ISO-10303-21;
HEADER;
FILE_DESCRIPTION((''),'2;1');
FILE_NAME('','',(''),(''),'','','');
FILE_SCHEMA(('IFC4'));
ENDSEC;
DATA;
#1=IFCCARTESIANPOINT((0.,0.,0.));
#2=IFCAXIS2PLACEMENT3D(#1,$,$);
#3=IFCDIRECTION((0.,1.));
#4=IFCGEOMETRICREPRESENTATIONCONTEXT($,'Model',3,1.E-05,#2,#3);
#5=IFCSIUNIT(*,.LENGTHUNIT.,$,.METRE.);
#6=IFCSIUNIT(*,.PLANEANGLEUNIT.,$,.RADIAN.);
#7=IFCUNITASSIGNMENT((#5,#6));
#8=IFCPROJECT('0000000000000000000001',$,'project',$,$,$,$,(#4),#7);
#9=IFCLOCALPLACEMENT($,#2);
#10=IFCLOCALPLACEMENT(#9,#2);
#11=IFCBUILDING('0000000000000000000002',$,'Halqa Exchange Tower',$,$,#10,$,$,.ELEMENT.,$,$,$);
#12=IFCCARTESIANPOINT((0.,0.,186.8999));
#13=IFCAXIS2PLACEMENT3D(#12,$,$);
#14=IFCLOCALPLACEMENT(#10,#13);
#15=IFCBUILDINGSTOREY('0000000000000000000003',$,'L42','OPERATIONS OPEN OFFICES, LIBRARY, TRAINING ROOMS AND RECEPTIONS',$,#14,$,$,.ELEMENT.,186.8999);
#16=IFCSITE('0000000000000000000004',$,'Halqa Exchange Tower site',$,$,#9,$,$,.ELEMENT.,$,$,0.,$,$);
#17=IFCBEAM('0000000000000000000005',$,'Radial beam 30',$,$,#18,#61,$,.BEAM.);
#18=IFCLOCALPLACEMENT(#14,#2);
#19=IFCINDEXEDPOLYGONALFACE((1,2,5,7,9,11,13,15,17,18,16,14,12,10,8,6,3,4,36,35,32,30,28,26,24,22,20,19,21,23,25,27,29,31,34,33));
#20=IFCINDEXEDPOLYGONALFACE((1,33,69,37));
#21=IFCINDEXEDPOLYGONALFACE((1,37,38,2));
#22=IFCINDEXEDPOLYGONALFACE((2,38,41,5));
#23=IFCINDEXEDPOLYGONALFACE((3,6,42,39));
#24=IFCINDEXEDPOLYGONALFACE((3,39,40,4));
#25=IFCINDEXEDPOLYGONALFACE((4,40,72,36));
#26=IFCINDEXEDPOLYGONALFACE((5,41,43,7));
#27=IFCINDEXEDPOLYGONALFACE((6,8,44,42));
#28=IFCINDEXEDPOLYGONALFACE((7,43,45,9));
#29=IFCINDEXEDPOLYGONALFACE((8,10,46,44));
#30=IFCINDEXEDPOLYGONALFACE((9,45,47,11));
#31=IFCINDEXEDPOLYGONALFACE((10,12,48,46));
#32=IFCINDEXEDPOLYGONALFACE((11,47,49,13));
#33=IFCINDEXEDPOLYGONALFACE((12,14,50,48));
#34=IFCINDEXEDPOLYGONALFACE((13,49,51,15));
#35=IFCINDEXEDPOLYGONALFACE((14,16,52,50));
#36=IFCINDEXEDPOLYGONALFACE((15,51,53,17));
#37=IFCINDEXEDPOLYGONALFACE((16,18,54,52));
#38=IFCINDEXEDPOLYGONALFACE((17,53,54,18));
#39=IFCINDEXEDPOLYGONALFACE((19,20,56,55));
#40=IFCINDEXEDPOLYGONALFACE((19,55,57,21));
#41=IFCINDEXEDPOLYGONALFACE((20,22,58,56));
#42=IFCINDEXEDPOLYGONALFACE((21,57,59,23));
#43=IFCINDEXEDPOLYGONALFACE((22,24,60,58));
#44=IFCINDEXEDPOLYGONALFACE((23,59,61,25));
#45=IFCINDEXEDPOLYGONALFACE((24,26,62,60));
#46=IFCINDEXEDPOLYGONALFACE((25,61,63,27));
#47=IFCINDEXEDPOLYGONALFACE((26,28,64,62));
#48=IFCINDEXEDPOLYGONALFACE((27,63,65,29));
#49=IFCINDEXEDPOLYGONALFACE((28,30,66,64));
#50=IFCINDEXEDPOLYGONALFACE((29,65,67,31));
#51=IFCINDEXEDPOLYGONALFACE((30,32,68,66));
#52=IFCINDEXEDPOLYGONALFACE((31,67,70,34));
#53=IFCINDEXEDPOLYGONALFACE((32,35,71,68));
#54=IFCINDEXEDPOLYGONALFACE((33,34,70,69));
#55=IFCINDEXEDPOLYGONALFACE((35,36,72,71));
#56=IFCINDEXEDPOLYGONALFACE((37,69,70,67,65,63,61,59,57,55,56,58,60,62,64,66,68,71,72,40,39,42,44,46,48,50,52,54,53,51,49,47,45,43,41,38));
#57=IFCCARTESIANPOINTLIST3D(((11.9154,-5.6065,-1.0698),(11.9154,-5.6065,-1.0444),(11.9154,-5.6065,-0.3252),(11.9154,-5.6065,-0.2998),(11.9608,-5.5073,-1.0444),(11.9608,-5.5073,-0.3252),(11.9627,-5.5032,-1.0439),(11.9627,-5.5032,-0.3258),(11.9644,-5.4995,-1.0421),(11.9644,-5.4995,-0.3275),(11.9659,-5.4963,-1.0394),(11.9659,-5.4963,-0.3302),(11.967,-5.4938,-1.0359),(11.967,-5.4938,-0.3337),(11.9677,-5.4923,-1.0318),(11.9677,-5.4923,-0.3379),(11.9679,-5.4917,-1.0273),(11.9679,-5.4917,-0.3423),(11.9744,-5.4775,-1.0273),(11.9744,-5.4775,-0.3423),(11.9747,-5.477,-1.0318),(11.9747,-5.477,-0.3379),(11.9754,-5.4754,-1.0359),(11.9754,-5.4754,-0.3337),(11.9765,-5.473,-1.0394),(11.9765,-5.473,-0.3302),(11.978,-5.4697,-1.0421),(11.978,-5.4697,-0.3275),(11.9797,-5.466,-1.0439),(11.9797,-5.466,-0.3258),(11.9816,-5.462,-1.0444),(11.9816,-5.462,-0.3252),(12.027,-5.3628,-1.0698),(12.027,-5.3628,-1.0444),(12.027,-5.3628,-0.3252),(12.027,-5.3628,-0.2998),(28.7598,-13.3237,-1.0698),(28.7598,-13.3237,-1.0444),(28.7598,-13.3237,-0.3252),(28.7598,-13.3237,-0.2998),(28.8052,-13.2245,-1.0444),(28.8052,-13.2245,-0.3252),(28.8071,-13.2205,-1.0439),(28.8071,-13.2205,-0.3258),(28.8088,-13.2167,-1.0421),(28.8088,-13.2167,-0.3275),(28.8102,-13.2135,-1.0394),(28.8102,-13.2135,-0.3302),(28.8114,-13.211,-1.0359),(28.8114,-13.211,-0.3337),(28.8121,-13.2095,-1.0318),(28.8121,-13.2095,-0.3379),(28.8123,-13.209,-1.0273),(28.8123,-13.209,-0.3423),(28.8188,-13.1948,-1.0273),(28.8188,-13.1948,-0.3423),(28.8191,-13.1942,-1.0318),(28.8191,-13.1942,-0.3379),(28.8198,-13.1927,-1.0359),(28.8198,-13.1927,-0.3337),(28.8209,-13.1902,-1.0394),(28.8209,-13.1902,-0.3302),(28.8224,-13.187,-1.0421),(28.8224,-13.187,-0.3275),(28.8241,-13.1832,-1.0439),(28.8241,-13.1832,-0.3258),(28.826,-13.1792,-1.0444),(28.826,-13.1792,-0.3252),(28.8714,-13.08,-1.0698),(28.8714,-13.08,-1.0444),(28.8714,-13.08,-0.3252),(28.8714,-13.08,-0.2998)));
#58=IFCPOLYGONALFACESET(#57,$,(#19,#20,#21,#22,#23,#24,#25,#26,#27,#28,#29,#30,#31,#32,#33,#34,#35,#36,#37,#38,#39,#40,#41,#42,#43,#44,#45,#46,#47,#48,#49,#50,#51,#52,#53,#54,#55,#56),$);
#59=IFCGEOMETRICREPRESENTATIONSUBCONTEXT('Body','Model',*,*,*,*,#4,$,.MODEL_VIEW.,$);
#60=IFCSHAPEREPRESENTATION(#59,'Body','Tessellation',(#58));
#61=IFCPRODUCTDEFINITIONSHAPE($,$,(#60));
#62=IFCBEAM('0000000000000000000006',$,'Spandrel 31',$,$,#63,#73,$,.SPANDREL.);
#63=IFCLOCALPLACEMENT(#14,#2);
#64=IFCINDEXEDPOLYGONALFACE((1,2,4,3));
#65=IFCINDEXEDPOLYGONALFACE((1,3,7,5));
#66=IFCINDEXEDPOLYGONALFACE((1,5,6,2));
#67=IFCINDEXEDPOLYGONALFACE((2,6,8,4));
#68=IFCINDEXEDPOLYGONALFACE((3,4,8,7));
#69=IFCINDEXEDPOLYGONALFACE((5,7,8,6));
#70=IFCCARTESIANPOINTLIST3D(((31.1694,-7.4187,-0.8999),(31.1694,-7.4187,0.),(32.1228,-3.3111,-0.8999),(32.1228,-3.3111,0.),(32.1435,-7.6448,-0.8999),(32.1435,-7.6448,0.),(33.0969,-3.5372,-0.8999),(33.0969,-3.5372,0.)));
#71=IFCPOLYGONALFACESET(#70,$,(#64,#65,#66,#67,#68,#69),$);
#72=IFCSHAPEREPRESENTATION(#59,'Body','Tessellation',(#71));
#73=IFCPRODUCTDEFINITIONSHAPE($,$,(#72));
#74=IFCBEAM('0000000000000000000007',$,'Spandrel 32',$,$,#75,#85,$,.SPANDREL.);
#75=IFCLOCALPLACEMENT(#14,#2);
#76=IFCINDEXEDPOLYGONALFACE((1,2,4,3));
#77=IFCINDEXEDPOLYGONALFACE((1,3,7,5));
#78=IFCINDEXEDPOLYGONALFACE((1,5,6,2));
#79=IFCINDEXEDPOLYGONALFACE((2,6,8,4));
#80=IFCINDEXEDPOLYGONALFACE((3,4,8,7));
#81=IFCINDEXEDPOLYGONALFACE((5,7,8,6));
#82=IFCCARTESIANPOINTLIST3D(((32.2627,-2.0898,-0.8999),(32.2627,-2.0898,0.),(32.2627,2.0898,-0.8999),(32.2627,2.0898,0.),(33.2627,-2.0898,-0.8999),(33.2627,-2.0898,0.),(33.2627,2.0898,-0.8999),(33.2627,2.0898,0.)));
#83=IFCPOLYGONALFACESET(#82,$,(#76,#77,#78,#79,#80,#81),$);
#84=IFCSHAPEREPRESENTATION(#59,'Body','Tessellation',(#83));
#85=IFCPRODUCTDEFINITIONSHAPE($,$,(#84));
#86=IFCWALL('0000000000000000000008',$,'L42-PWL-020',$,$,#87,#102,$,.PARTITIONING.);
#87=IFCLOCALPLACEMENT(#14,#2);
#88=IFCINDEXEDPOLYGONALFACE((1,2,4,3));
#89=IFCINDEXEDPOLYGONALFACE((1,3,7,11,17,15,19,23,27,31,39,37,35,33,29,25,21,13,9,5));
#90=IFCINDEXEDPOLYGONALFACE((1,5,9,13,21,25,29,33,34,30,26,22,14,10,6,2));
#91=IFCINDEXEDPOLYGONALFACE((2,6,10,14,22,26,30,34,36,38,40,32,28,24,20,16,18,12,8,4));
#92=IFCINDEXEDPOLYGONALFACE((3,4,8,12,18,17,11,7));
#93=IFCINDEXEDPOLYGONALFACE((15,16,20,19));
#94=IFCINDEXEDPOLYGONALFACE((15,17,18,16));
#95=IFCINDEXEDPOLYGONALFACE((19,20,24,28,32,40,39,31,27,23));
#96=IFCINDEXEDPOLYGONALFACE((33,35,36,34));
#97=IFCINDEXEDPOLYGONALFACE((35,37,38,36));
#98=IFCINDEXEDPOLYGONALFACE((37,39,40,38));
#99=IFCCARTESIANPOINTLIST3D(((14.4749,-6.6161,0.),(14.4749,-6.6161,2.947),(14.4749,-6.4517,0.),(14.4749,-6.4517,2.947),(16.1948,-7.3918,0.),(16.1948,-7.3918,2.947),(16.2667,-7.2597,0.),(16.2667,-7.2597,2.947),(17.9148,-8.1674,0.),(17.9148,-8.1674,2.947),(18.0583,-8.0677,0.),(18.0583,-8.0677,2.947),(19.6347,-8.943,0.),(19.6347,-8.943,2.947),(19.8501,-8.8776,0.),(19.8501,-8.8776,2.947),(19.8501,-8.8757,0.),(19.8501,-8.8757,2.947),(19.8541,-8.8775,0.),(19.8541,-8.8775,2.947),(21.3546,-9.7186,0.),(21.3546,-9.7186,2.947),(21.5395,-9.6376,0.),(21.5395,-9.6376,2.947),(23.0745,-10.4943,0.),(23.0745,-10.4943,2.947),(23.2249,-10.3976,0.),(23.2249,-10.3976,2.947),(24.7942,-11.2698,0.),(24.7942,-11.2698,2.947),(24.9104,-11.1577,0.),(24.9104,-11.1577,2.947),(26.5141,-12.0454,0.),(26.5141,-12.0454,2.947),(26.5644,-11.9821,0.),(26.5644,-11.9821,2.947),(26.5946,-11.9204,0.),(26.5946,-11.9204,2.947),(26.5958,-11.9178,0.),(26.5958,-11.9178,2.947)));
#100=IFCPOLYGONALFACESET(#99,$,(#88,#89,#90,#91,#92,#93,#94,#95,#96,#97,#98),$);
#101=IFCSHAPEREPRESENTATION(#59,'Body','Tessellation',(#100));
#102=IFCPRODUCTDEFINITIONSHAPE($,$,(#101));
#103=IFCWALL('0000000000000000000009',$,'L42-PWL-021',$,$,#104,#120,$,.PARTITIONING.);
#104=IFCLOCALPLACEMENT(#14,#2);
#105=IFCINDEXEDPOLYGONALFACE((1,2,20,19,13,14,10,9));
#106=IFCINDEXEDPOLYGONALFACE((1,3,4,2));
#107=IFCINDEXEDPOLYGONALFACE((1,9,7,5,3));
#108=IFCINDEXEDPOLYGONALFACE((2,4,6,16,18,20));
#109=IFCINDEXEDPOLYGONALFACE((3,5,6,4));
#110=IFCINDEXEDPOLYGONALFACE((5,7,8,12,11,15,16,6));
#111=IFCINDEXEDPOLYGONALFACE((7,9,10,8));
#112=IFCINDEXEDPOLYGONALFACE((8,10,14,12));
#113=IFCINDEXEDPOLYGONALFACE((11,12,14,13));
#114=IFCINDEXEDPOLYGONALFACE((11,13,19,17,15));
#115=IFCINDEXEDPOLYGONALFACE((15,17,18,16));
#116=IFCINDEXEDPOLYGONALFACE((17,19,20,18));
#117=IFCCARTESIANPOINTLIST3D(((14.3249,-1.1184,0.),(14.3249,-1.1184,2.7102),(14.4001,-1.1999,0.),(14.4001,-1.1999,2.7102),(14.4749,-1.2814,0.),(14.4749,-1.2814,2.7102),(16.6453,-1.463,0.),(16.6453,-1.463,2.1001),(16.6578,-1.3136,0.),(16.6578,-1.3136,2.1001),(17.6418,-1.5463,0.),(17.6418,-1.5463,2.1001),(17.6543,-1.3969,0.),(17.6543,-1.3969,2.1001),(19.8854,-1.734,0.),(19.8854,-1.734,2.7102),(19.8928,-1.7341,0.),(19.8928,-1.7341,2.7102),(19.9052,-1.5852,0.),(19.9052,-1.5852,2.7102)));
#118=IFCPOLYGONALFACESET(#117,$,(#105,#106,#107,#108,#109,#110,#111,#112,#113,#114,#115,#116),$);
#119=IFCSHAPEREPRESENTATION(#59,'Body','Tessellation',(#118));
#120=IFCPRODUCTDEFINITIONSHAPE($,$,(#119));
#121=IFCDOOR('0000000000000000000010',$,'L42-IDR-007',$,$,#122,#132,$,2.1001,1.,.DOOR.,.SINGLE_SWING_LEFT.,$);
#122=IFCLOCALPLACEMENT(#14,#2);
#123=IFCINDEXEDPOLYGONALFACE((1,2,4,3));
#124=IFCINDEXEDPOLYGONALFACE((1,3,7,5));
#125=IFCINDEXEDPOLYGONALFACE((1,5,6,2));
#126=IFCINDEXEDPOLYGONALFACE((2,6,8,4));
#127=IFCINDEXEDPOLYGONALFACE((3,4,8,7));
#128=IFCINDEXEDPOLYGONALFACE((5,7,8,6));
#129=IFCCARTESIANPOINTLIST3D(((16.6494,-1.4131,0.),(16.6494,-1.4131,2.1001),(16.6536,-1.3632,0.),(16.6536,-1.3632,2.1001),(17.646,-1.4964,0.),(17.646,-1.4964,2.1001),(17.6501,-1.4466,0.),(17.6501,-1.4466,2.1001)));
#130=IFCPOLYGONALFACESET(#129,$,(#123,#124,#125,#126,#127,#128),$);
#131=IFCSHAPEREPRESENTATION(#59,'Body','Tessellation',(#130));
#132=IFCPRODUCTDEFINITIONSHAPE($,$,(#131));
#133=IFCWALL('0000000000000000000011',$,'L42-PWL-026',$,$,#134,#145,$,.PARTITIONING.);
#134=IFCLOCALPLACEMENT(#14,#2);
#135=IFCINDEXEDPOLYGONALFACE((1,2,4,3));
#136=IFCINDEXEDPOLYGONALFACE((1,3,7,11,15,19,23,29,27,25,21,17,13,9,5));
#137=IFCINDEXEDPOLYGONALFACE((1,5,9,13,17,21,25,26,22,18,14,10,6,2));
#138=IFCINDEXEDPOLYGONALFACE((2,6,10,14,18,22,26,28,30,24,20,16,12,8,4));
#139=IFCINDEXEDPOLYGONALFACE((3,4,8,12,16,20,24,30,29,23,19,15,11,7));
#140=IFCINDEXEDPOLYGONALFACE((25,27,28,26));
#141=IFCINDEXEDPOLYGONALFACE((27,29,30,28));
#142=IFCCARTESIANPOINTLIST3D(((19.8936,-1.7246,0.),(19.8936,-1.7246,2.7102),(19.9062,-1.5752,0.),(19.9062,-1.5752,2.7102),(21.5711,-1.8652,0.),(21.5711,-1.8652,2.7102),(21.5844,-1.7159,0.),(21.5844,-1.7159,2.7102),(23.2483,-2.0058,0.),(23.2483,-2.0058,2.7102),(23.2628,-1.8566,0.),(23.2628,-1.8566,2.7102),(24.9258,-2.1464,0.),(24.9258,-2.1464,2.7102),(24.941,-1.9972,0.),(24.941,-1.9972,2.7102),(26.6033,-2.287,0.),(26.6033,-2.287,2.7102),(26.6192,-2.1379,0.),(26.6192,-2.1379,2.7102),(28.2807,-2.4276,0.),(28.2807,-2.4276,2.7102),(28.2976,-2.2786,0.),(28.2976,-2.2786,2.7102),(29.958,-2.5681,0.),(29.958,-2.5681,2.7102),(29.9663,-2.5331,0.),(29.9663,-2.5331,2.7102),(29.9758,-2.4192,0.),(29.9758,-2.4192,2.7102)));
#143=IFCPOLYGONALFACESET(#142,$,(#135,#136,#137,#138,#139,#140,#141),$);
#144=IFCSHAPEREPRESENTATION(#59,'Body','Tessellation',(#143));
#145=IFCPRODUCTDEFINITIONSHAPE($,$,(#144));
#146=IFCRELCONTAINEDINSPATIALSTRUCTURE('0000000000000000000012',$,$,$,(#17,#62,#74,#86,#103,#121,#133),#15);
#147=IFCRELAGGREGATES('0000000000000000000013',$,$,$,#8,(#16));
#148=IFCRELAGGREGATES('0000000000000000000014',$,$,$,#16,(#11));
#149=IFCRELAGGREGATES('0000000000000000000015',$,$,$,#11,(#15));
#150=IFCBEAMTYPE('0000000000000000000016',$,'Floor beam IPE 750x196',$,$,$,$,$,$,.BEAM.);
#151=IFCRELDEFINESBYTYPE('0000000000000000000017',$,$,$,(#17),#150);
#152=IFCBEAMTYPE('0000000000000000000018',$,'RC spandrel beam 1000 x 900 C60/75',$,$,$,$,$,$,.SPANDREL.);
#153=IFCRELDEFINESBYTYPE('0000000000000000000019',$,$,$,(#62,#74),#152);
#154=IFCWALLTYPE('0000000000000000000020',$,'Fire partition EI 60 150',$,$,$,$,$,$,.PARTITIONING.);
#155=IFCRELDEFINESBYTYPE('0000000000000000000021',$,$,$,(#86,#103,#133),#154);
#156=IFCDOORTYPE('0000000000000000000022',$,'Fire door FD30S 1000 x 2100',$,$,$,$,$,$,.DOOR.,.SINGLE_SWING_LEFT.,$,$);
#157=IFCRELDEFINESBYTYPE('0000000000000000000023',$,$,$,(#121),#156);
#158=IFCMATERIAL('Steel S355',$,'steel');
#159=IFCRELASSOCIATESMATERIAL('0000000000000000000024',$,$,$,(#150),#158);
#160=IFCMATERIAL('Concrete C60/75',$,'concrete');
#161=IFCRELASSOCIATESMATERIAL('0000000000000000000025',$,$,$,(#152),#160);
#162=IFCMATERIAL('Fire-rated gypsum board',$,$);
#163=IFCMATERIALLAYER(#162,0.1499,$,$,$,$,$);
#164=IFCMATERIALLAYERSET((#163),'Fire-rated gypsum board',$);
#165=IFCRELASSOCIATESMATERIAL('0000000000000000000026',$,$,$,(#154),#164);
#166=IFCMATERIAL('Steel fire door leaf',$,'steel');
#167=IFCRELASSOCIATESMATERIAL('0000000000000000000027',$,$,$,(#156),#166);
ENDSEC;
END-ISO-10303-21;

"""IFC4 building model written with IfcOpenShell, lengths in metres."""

from ifc_helpers import new_model, si_unit, direction, frame, frame_2d, origin, origin_2d, place, context, subcontext, project, spatial, polyline, rectangle, i_section, outline, extrude, material, layer, layer_set, material_profile, profile_set, type_object, element, fill, save


model = new_model("IFC4")

# Units and contexts
model_context = context("Model", 3, precision=1e-05, world=origin(), true_north=direction((0.0, 1.0)))
body_context = subcontext(model_context, "Body", "Model", "MODEL_VIEW")
ifc_project = project(units=[si_unit("LENGTHUNIT", "METRE"), si_unit("PLANEANGLEUNIT", "RADIAN")], contexts=[model_context])

# Site, building, storey
site_placement = place(None, origin())
site = spatial("IfcSite", under=ifc_project, at=site_placement, Name="Halqa Exchange Tower site", CompositionType="ELEMENT", RefElevation=0.0)
building_placement = place(site_placement, origin())
building = spatial("IfcBuilding", under=site, at=building_placement, Name="Halqa Exchange Tower", CompositionType="ELEMENT")
storey_placement = place(building_placement, frame((0.0, 0.0, 186.8999)))
storey = spatial("IfcBuildingStorey", under=building, at=storey_placement, Name="L42", Description="OPERATIONS OPEN OFFICES, LIBRARY, TRAINING ROOMS AND RECEPTIONS", CompositionType="ELEMENT", Elevation=186.8999)

# Beams
ifc_material_1 = material(Name="Steel S355", Category="steel")
ifc_material_profile_1 = material_profile(ifc_material_1, i_section(OverallWidth=0.2681, OverallDepth=0.77, WebThickness=0.0156, FlangeThickness=0.0254, FilletRadius=0.0171, at=origin_2d()), Name="IPE 750x196")
ifc_profile_set_1 = profile_set([ifc_material_profile_1], Name="Steel S355")
beam_type_1 = type_object("IfcBeamType", Name="Floor beam IPE 750x196", PredefinedType="BEAM", material=ifc_profile_set_1)
beam_1_placement = place(storey_placement, frame((11.9712, -5.4846, -0.6848), z_axis=(0.909128, -0.416516, 0.0), x_axis=(0.416516, 0.909128, 0.0)))
element("IfcBeam", 1, at=beam_1_placement, inside=storey, type_object=beam_type_1, Name="Radial beam 30", PredefinedType="BEAM", context=body_context, shape_type="SweptSolid", body=[
    extrude(i_section(OverallWidth=0.2681, OverallDepth=0.77, WebThickness=0.0156, FlangeThickness=0.0254, FilletRadius=0.0171, at=origin_2d()), origin(), (0.0, 0.0, 1.0), 18.5281),
])
ifc_material_2 = material(Name="Concrete C60/75", Category="concrete")
ifc_material_profile_2 = material_profile(ifc_material_2, rectangle(XDim=1.0, YDim=0.8999, at=origin_2d()), Name="1000 x 900")
ifc_profile_set_2 = profile_set([ifc_material_profile_2], Name="Concrete C60/75")
beam_type_2 = type_object("IfcBeamType", Name="RC spandrel beam 1000 x 900 C60/75", PredefinedType="SPANDREL", material=ifc_profile_set_2)
beam_2_placement = place(storey_placement, frame((31.6565, -7.5317, -0.45), z_axis=(0.226086, 0.974107, 0.0), x_axis=(-0.974107, 0.226086, 0.0)))
element("IfcBeam", 2, at=beam_2_placement, inside=storey, type_object=beam_type_2, Name="Spandrel 31", PredefinedType="SPANDREL", context=body_context, shape_type="SweptSolid", body=[
    extrude(rectangle(XDim=1.0, YDim=0.8999, at=origin_2d()), origin(), (0.0, 0.0, 1.0), 4.2168),
])
beam_3_placement = place(storey_placement, frame((32.7627, -2.0898, -0.45), z_axis=(0.0, 1.0, 0.0), x_axis=(-1.0, 0.0, 0.0)))
element("IfcBeam", 3, at=beam_3_placement, inside=storey, type_object=beam_type_2, Name="Spandrel 32", PredefinedType="SPANDREL", context=body_context, shape_type="SweptSolid", body=[
    extrude(rectangle(XDim=1.0, YDim=0.8999, at=origin_2d()), origin(), (0.0, 0.0, 1.0), 4.1797),
])

# Wall
ifc_material_3 = material(Name="Fire-rated gypsum board")
ifc_layer_1 = layer(ifc_material_3, 0.1499)
ifc_layer_set_1 = layer_set([ifc_layer_1], Name="Fire-rated gypsum board")
wall_type_1 = type_object("IfcWallType", Name="Fire partition EI 60 150", PredefinedType="PARTITIONING", material=ifc_layer_set_1)
wall_1_placement = place(storey_placement, frame((14.4441, -6.52, 0.0), z_axis=(0.0, 0.0, 1.0), x_axis=(0.911592, -0.411095, 0.0)))
element("IfcWall", 4, at=wall_1_placement, inside=storey, type_object=wall_type_1, Name="L42-PWL-020", PredefinedType="PARTITIONING", context=body_context, shape_type="SweptSolid", body=[
    extrude(outline(polyline([(0.0676, -0.075), (1.9543, -0.075), (3.8411, -0.075), (5.7278, -0.075), (7.6145, -0.075), (9.5012, -0.075), (11.3877, -0.075), (13.2744, -0.075), (13.2942, 0.0034), (13.2964, 0.072), (13.2964, 0.075), (11.4475, 0.075), (9.5986, 0.075), (7.7498, 0.075), (5.9009, 0.075), (5.8972, 0.0732), (5.8965, 0.075), (3.9309, 0.075), (1.9656, 0.075), (0.0, 0.075), (0.0676, -0.075)])), origin(), (0.0, 0.0, 1.0), 2.947),
])

# Wall, opening, door
wall_2_placement = place(storey_placement, frame((14.3186, -1.1931, 0.0), z_axis=(0.0, 0.0, 1.0), x_axis=(0.99652, -0.083359, 0.0)))
wall_2 = element("IfcWall", 5, at=wall_2_placement, inside=storey, type_object=wall_type_1, Name="L42-PWL-021", PredefinedType="PARTITIONING", context=body_context, shape_type="SweptSolid", body=[
    extrude(outline(polyline([(0.1631, -0.075), (1.9729, -0.075), (3.7827, -0.075), (5.5925, -0.075), (5.5999, -0.0745), (5.5999, 0.075), (3.7332, 0.075), (1.8667, 0.075), (0.0, 0.075), (0.0818, 0.0), (0.1631, -0.075)])), origin(), (0.0, 0.0, 1.0), 2.7102),
])
opening_1_placement = place(wall_2_placement, frame((2.3411, 0.0, 0.0)))
opening_1 = element("IfcOpeningElement", 6, at=opening_1_placement, cuts=wall_2, PredefinedType="OPENING", context=body_context, shape_type="SweptSolid", body=[
    extrude(rectangle(XDim=1.0, YDim=2.1001, at=frame_2d((0.5, 1.05))), frame((0.0, 0.0869, 0.0), z_axis=(0.0, -1.0, 0.0), x_axis=(1.0, 0.0, 0.0)), (0.0, 0.0, 1.0), 0.1738),
])
ifc_material_4 = material(Name="Steel fire door leaf", Category="steel")
door_type_1 = type_object("IfcDoorType", Name="Fire door FD30S 1000 x 2100", OperationType="SINGLE_SWING_LEFT", PredefinedType="DOOR", material=ifc_material_4)
door_1_placement = place(opening_1_placement, frame((1.0, 0.0, 0.0), z_axis=(0.0, 0.0, 1.0), x_axis=(-1.0, 0.0, 0.0)))
door_1 = element("IfcDoor", 7, at=door_1_placement, inside=storey, type_object=door_type_1, Name="L42-IDR-007", OperationType="SINGLE_SWING_LEFT", OverallHeight=2.1001, OverallWidth=1.0, PredefinedType="DOOR", context=body_context, shape_type="SweptSolid", body=[
    extrude(rectangle(XDim=1.0, YDim=2.1001, at=frame_2d((0.5, 1.05))), frame((0.0, 0.0249, 0.0), z_axis=(0.0, -1.0, 0.0), x_axis=(1.0, 0.0, 0.0)), (0.0, 0.0, 1.0), 0.05),
])
fill(opening_1, door_1)

# Wall
wall_3_placement = place(storey_placement, frame((19.8999, -1.6499, 0.0), z_axis=(0.0, 0.0, 1.0), x_axis=(0.996506, -0.083523, 0.0)))
element("IfcWall", 8, at=wall_3_placement, inside=storey, type_object=wall_type_1, Name="L42-PWL-026", PredefinedType="PARTITIONING", context=body_context, shape_type="SweptSolid", body=[
    extrude(outline(polyline([(0.0, -0.075), (1.6833, -0.075), (3.3665, -0.075), (5.0498, -0.075), (6.7332, -0.075), (8.4165, -0.075), (10.0996, -0.075), (10.105, -0.0393), (10.105, 0.075), (8.4209, 0.075), (6.7366, 0.075), (5.0525, 0.075), (3.3684, 0.075), (1.6841, 0.075), (0.0, 0.075), (0.0, -0.075)])), origin(), (0.0, 0.0, 1.0), 2.7102),
])

save(model, "model.ifc")
